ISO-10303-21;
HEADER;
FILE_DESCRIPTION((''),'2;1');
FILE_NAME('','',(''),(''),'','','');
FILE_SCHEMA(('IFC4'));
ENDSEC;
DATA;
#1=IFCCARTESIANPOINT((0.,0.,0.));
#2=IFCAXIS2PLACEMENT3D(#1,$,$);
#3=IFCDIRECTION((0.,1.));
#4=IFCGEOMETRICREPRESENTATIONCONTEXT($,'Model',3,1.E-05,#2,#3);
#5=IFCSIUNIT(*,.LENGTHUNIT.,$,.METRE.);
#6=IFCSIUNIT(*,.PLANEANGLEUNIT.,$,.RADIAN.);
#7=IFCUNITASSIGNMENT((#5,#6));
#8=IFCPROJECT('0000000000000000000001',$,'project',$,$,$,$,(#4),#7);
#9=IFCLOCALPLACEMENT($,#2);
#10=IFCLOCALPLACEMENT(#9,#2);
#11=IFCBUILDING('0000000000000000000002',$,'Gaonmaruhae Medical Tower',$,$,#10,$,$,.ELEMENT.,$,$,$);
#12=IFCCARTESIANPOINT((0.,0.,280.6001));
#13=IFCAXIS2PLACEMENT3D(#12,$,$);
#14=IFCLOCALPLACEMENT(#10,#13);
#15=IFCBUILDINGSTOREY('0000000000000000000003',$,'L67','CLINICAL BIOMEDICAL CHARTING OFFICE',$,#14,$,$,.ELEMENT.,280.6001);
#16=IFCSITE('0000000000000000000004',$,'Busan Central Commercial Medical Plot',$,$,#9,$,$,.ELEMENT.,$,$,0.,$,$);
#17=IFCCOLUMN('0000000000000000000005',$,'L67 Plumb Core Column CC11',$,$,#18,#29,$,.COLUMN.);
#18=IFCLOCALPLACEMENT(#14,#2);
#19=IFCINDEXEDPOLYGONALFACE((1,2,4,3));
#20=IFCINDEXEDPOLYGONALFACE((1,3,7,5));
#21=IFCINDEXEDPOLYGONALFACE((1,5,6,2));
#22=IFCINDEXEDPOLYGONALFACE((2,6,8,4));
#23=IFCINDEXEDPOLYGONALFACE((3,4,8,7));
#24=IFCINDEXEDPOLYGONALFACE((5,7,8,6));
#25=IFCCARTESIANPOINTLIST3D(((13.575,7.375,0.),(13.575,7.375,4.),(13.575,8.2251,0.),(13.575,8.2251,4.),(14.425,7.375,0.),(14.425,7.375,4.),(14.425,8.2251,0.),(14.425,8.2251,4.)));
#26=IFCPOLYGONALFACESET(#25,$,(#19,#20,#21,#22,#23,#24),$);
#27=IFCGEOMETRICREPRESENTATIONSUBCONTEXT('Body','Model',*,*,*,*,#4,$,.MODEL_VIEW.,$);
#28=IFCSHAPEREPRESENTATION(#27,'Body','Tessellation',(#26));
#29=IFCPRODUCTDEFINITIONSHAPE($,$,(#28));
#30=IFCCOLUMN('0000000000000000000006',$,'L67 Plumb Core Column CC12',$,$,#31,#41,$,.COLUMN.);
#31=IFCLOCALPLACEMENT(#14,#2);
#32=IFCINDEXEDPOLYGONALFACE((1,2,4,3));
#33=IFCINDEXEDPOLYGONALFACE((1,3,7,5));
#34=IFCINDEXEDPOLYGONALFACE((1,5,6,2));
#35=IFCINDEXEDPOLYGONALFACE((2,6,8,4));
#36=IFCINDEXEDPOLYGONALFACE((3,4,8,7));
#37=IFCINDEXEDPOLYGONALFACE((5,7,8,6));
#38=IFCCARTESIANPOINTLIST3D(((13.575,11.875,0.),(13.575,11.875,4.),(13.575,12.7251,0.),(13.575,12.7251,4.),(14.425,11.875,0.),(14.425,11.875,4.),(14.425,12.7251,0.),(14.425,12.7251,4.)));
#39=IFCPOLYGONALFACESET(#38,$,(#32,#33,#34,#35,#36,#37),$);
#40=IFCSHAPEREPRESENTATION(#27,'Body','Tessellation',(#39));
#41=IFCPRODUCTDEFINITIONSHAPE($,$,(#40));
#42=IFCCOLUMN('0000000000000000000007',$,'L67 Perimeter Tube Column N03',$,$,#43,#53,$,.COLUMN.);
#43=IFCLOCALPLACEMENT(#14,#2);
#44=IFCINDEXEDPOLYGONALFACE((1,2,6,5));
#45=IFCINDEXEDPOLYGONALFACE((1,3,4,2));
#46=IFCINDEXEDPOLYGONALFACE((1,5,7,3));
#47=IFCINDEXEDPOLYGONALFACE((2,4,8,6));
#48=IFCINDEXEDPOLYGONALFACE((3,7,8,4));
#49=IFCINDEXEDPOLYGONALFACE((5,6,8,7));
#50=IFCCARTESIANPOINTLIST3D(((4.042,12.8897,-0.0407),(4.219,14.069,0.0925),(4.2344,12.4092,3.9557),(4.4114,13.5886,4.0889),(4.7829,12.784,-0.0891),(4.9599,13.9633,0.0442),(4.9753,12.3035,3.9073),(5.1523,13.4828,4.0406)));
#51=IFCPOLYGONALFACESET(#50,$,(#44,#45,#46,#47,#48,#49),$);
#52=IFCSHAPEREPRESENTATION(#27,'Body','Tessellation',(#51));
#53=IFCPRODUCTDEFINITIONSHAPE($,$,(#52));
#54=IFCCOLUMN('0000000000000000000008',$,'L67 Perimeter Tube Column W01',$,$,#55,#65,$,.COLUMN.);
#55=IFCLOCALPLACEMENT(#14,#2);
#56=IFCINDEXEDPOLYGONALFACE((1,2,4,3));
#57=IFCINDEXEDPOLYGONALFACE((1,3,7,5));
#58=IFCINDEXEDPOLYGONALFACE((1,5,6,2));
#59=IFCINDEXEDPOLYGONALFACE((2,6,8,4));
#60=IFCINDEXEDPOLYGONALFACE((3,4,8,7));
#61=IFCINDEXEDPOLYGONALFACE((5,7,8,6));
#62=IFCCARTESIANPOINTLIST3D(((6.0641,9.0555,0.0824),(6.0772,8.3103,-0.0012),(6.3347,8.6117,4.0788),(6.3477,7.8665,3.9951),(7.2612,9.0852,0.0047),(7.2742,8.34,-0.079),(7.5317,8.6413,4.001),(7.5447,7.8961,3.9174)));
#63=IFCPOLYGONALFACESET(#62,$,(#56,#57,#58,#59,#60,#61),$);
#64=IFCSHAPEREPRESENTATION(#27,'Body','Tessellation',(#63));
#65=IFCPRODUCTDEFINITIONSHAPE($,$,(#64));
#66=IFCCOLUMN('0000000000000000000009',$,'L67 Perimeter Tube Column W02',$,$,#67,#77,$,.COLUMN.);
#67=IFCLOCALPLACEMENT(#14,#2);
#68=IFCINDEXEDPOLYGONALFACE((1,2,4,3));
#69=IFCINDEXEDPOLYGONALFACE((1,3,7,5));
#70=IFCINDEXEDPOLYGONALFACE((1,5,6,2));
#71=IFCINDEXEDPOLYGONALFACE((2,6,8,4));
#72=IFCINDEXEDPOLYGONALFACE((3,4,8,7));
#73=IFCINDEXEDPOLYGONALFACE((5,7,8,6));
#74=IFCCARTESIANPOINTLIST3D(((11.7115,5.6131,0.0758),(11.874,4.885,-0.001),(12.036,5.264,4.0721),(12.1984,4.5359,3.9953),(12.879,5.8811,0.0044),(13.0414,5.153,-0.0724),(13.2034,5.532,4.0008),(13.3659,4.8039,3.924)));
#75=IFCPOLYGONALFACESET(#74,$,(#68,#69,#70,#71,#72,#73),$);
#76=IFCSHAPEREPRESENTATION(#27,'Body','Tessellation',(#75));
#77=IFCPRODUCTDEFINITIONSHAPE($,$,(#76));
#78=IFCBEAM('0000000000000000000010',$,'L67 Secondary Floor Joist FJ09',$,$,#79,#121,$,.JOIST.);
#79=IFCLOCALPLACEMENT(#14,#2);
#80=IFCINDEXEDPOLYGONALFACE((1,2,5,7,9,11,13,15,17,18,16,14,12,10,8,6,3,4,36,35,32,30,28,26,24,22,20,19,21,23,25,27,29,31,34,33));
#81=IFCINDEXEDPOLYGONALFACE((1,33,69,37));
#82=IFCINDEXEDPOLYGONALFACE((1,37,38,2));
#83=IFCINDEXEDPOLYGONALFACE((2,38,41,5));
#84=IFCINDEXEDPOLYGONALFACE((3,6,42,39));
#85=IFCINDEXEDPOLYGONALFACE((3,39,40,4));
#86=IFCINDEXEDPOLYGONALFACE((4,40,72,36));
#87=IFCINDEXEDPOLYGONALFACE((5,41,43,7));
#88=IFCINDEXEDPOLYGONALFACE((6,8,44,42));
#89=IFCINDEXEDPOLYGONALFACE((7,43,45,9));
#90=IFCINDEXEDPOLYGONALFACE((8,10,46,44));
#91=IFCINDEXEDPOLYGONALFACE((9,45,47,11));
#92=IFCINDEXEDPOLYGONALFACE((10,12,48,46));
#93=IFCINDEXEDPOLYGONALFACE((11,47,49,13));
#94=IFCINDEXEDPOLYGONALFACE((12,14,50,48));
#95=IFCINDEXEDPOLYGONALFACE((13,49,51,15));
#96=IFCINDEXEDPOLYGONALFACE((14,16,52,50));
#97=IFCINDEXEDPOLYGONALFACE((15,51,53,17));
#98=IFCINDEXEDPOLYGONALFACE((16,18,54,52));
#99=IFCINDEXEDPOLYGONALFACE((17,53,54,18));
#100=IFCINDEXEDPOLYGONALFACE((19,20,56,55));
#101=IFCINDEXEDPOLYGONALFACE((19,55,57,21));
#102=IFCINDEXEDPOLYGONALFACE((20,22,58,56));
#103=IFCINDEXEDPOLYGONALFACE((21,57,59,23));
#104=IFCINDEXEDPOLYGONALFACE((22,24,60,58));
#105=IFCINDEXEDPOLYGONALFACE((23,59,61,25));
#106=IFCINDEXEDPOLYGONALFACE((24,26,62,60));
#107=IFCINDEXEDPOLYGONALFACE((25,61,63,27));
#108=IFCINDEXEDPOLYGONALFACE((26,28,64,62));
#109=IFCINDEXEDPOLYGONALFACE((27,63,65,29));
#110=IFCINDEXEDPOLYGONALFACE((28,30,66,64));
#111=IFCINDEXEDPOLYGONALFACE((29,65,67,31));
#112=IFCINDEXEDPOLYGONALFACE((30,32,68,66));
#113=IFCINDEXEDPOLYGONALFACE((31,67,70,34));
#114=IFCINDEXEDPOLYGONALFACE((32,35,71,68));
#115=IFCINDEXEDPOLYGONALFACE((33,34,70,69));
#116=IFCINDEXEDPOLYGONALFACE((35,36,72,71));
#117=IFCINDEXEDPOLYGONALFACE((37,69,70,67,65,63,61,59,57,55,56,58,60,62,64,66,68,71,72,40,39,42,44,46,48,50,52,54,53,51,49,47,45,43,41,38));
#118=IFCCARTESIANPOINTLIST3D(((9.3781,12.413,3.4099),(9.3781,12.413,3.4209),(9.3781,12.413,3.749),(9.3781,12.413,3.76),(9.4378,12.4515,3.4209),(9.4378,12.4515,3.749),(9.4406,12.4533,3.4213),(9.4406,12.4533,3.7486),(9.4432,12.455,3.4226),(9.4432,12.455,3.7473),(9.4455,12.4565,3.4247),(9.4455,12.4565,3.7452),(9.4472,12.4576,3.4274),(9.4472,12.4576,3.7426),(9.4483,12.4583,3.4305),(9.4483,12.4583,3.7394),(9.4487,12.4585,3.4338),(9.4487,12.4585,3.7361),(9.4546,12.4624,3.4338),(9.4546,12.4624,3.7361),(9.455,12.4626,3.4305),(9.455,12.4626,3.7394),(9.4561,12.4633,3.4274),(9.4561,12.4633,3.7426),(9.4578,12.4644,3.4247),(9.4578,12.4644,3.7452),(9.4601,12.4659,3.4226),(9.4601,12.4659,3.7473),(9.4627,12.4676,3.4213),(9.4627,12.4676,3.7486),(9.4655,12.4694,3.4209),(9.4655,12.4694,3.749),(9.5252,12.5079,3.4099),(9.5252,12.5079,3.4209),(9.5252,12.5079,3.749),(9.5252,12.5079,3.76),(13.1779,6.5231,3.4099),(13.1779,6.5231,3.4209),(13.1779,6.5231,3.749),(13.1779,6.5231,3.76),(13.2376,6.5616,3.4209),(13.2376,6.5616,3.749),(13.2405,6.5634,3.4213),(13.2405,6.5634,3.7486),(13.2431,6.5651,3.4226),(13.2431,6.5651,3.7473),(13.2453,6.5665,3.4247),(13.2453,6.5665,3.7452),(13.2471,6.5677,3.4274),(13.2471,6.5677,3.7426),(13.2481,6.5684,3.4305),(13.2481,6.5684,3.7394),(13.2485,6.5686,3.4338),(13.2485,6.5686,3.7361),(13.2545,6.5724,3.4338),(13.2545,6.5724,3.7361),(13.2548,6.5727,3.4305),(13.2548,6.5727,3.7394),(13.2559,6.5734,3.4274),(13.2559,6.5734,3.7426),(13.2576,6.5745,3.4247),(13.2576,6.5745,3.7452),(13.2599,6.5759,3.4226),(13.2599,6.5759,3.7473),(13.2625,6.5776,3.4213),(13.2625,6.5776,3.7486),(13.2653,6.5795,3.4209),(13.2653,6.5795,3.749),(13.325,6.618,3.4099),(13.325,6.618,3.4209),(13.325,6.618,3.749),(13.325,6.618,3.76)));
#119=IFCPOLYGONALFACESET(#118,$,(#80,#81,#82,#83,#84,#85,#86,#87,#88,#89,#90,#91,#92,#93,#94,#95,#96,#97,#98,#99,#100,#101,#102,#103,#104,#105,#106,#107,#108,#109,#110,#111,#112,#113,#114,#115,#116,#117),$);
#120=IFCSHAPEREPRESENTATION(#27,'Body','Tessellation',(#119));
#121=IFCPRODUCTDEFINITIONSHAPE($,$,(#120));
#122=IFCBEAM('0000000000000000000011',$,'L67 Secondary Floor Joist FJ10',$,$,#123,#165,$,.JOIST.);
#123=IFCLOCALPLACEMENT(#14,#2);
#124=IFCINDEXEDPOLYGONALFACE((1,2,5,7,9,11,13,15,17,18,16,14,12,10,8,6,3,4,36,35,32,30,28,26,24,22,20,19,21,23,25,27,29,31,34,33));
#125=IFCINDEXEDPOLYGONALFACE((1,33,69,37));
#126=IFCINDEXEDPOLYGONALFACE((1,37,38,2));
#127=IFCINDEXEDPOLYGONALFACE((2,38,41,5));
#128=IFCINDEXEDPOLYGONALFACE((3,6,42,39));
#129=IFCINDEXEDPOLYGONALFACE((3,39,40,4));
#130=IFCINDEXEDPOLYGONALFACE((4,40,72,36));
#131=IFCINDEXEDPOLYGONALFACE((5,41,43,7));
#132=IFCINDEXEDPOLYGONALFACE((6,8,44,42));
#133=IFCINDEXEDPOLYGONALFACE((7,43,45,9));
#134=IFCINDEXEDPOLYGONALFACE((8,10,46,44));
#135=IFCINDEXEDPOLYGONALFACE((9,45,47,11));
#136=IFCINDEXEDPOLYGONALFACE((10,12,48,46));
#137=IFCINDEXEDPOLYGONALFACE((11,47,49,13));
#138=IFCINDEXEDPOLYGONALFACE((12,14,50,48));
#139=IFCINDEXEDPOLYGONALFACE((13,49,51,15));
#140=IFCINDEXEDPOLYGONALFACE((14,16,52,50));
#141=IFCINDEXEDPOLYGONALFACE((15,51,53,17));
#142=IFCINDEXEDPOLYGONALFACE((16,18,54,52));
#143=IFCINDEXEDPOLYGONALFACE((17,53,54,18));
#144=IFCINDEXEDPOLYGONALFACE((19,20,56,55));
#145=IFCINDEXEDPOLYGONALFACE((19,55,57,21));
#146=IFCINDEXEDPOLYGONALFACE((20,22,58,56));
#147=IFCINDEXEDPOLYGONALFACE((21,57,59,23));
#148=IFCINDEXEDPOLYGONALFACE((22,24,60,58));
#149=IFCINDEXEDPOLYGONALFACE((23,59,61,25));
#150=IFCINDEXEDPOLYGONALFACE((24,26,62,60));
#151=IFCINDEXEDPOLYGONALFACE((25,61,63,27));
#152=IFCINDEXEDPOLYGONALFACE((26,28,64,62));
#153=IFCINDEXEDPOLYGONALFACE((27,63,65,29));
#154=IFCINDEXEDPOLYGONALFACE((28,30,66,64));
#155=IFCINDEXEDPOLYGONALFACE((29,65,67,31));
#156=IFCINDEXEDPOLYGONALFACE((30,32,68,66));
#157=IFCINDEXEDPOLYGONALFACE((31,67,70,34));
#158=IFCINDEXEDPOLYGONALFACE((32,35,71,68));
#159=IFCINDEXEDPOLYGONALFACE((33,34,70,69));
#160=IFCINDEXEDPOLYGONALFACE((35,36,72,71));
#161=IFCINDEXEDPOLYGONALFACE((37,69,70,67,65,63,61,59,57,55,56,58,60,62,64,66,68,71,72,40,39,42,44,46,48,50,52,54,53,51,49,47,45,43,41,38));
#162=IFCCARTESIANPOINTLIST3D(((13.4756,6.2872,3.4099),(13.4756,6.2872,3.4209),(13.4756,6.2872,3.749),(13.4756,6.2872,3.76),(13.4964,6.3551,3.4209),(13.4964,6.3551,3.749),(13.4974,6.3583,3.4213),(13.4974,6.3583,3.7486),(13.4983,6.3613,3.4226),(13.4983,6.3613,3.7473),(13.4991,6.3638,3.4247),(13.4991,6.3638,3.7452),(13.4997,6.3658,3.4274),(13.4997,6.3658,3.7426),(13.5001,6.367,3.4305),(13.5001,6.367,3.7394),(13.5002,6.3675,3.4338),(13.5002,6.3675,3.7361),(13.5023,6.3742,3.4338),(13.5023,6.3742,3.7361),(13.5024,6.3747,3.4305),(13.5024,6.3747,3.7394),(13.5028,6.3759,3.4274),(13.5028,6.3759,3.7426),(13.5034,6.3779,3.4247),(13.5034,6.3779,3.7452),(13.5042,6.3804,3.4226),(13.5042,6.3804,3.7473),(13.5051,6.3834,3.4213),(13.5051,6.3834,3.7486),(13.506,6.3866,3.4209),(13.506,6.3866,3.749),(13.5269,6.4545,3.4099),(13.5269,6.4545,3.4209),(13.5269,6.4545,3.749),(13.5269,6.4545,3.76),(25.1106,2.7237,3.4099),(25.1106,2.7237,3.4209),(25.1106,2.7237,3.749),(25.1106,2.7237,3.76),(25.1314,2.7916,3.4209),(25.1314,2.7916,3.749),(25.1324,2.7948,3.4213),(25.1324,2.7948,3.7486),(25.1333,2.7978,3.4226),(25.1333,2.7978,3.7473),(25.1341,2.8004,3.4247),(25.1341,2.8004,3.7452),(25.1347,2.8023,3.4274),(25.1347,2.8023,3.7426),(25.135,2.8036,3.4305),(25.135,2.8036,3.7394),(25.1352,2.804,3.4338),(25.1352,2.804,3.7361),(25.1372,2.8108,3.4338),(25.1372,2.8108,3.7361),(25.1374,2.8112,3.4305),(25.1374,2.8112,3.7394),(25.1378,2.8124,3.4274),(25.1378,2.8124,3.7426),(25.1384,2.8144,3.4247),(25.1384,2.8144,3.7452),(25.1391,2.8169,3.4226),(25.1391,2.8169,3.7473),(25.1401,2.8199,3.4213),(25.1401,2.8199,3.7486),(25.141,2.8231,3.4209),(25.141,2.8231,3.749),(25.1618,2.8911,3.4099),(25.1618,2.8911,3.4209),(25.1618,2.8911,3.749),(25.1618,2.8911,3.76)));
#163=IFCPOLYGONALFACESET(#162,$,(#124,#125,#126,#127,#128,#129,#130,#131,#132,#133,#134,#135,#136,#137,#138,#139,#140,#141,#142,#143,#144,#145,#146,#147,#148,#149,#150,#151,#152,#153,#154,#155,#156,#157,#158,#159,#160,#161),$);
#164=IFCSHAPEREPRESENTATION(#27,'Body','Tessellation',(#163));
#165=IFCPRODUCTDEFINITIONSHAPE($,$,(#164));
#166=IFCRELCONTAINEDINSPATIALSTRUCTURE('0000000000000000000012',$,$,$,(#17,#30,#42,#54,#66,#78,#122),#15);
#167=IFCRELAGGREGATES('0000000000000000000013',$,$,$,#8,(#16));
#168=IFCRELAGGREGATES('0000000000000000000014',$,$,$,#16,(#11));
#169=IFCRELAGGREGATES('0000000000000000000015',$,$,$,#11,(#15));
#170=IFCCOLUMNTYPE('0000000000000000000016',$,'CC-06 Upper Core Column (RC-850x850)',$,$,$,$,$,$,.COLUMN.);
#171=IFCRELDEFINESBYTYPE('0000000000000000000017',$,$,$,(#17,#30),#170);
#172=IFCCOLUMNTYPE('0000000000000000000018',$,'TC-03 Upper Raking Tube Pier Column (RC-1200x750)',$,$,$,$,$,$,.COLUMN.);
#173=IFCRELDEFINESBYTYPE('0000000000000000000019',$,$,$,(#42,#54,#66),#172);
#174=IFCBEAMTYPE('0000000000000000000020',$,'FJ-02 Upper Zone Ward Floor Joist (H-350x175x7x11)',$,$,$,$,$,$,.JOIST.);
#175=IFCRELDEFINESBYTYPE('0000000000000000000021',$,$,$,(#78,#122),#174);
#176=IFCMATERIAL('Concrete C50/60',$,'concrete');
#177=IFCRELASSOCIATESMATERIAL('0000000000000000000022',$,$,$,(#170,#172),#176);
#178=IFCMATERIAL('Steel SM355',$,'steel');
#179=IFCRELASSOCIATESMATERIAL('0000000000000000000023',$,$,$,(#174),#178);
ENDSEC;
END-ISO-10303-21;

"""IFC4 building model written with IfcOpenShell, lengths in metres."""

from ifc_helpers import new_model, si_unit, direction, frame, origin, origin_2d, place, context, subcontext, project, spatial, rectangle, i_section, extrude, material, material_profile, profile_set, type_object, element, save


model = new_model("IFC4")

# Units and contexts
model_context = context("Model", 3, precision=1e-05, world=origin(), true_north=direction((0.0, 1.0)))
body_context = subcontext(model_context, "Body", "Model", "MODEL_VIEW")
ifc_project = project(units=[si_unit("LENGTHUNIT", "METRE"), si_unit("PLANEANGLEUNIT", "RADIAN")], contexts=[model_context])

# Site, building, storey
site_placement = place(None, origin())
site = spatial("IfcSite", under=ifc_project, at=site_placement, Name="Busan Central Commercial Medical Plot", CompositionType="ELEMENT", RefElevation=0.0)
building_placement = place(site_placement, origin())
building = spatial("IfcBuilding", under=site, at=building_placement, Name="Gaonmaruhae Medical Tower", CompositionType="ELEMENT")
storey_placement = place(building_placement, frame((0.0, 0.0, 280.6001)))
storey = spatial("IfcBuildingStorey", under=building, at=storey_placement, Name="L67", Description="CLINICAL BIOMEDICAL CHARTING OFFICE", CompositionType="ELEMENT", Elevation=280.6001)

# Columns
ifc_material_1 = material(Name="Concrete C50/60", Category="concrete")
ifc_material_profile_1 = material_profile(ifc_material_1, rectangle(XDim=0.8501, YDim=0.8501, at=origin_2d()), Name="RC-850x850")
ifc_profile_set_1 = profile_set([ifc_material_profile_1], Name="Concrete C50/60")
column_type_1 = type_object("IfcColumnType", Name="CC-06 Upper Core Column (RC-850x850)", PredefinedType="COLUMN", material=ifc_profile_set_1)
for number, where, z_axis, x_axis, name in (
    (1, (14.0, 7.8, 0.0), (0.0, 0.0, 1.0), (1.0, 0.0, 0.0), "L67 Plumb Core Column CC11"),
    (2, (14.0, 12.3, 0.0), (0.0, 0.0, 1.0), (1.0, 0.0, 0.0), "L67 Plumb Core Column CC12"),
):
    element("IfcColumn", number, at=place(storey_placement, frame(where, z_axis=z_axis, x_axis=x_axis)), inside=storey, type_object=column_type_1, Name=name, PredefinedType="COLUMN", context=body_context, shape_type="SweptSolid", body=[
        extrude(rectangle(XDim=0.8501, YDim=0.8501, at=origin_2d()), origin(), (0.0, 0.0, 1.0), 4.0),
    ])
ifc_material_profile_2 = material_profile(ifc_material_1, rectangle(XDim=1.2, YDim=0.75, at=origin_2d()), Name="RC-1200x750")
ifc_profile_set_2 = profile_set([ifc_material_profile_2], Name="Concrete C50/60")
column_type_2 = type_object("IfcColumnType", Name="TC-03 Upper Raking Tube Pier Column (RC-1200x750)", PredefinedType="COLUMN", material=ifc_profile_set_2)
column_1_placement = place(storey_placement, frame((4.501, 13.4265, 0.0017), z_axis=(0.047741, -0.119232, 0.991718), x_axis=(0.147511, 0.982805, 0.111059)))
element("IfcColumn", 3, at=column_1_placement, inside=storey, type_object=column_type_2, Name="L67 Perimeter Tube Column N03", PredefinedType="COLUMN", context=body_context, shape_type="SweptSolid", body=[
    extrude(rectangle(XDim=1.2, YDim=0.75, at=origin_2d()), origin(), (0.0, 0.0, 1.0), 4.0298),
])
column_2_placement = place(storey_placement, frame((6.6692, 8.6978, 0.0017), z_axis=(0.067124, -0.110136, 0.991647), x_axis=(-0.997593, -0.024711, 0.064782)))
element("IfcColumn", 4, at=column_2_placement, inside=storey, type_object=column_type_2, Name="L67 Perimeter Tube Column W01", PredefinedType="COLUMN", context=body_context, shape_type="SweptSolid", body=[
    extrude(rectangle(XDim=1.2, YDim=0.75, at=origin_2d()), origin(), (0.0, 0.0, 1.0), 4.03),
])
column_3_placement = place(storey_placement, frame((12.3765, 5.3831, 0.0017), z_axis=(0.080619, -0.086746, 0.992963), x_axis=(-0.972923, -0.223346, 0.05948)))
element("IfcColumn", 5, at=column_3_placement, inside=storey, type_object=column_type_2, Name="L67 Perimeter Tube Column W02", PredefinedType="COLUMN", context=body_context, shape_type="SweptSolid", body=[
    extrude(rectangle(XDim=1.2, YDim=0.75, at=origin_2d()), origin(), (0.0, 0.0, 1.0), 4.0247),
])

# Beams
ifc_material_2 = material(Name="Steel SM355", Category="steel")
ifc_material_profile_3 = material_profile(ifc_material_2, i_section(OverallWidth=0.175, OverallDepth=0.3501, WebThickness=0.0071, FlangeThickness=0.011, FilletRadius=0.0129, at=origin_2d()), Name="H-350x175x7x11")
ifc_profile_set_3 = profile_set([ifc_material_profile_3], Name="Steel SM355")
beam_type_1 = type_object("IfcBeamType", Name="FJ-02 Upper Zone Ward Floor Joist (H-350x175x7x11)", PredefinedType="JOIST", material=ifc_profile_set_3)
beam_1_placement = place(storey_placement, frame((9.4517, 12.4604, 3.585), z_axis=(0.542114, -0.840305, 0.0), x_axis=(0.840305, 0.542114, 0.0)))
element("IfcBeam", 6, at=beam_1_placement, inside=storey, type_object=beam_type_1, Name="L67 Secondary Floor Joist FJ09", PredefinedType="JOIST", context=body_context, shape_type="SweptSolid", body=[
    extrude(i_section(OverallWidth=0.175, OverallDepth=0.3501, WebThickness=0.0071, FlangeThickness=0.011, FilletRadius=0.0129, at=origin_2d()), origin(), (0.0, 0.0, 1.0), 7.0093),
])
beam_2_placement = place(storey_placement, frame((13.5012, 6.3708, 3.585), z_axis=(0.95616, -0.292845, 0.0), x_axis=(0.292845, 0.95616, 0.0)))
element("IfcBeam", 7, at=beam_2_placement, inside=storey, type_object=beam_type_1, Name="L67 Secondary Floor Joist FJ10", PredefinedType="JOIST", context=body_context, shape_type="SweptSolid", body=[
    extrude(i_section(OverallWidth=0.175, OverallDepth=0.3501, WebThickness=0.0071, FlangeThickness=0.011, FilletRadius=0.0129, at=origin_2d()), origin(), (0.0, 0.0, 1.0), 12.1685),
])

save(model, "model.ifc")
